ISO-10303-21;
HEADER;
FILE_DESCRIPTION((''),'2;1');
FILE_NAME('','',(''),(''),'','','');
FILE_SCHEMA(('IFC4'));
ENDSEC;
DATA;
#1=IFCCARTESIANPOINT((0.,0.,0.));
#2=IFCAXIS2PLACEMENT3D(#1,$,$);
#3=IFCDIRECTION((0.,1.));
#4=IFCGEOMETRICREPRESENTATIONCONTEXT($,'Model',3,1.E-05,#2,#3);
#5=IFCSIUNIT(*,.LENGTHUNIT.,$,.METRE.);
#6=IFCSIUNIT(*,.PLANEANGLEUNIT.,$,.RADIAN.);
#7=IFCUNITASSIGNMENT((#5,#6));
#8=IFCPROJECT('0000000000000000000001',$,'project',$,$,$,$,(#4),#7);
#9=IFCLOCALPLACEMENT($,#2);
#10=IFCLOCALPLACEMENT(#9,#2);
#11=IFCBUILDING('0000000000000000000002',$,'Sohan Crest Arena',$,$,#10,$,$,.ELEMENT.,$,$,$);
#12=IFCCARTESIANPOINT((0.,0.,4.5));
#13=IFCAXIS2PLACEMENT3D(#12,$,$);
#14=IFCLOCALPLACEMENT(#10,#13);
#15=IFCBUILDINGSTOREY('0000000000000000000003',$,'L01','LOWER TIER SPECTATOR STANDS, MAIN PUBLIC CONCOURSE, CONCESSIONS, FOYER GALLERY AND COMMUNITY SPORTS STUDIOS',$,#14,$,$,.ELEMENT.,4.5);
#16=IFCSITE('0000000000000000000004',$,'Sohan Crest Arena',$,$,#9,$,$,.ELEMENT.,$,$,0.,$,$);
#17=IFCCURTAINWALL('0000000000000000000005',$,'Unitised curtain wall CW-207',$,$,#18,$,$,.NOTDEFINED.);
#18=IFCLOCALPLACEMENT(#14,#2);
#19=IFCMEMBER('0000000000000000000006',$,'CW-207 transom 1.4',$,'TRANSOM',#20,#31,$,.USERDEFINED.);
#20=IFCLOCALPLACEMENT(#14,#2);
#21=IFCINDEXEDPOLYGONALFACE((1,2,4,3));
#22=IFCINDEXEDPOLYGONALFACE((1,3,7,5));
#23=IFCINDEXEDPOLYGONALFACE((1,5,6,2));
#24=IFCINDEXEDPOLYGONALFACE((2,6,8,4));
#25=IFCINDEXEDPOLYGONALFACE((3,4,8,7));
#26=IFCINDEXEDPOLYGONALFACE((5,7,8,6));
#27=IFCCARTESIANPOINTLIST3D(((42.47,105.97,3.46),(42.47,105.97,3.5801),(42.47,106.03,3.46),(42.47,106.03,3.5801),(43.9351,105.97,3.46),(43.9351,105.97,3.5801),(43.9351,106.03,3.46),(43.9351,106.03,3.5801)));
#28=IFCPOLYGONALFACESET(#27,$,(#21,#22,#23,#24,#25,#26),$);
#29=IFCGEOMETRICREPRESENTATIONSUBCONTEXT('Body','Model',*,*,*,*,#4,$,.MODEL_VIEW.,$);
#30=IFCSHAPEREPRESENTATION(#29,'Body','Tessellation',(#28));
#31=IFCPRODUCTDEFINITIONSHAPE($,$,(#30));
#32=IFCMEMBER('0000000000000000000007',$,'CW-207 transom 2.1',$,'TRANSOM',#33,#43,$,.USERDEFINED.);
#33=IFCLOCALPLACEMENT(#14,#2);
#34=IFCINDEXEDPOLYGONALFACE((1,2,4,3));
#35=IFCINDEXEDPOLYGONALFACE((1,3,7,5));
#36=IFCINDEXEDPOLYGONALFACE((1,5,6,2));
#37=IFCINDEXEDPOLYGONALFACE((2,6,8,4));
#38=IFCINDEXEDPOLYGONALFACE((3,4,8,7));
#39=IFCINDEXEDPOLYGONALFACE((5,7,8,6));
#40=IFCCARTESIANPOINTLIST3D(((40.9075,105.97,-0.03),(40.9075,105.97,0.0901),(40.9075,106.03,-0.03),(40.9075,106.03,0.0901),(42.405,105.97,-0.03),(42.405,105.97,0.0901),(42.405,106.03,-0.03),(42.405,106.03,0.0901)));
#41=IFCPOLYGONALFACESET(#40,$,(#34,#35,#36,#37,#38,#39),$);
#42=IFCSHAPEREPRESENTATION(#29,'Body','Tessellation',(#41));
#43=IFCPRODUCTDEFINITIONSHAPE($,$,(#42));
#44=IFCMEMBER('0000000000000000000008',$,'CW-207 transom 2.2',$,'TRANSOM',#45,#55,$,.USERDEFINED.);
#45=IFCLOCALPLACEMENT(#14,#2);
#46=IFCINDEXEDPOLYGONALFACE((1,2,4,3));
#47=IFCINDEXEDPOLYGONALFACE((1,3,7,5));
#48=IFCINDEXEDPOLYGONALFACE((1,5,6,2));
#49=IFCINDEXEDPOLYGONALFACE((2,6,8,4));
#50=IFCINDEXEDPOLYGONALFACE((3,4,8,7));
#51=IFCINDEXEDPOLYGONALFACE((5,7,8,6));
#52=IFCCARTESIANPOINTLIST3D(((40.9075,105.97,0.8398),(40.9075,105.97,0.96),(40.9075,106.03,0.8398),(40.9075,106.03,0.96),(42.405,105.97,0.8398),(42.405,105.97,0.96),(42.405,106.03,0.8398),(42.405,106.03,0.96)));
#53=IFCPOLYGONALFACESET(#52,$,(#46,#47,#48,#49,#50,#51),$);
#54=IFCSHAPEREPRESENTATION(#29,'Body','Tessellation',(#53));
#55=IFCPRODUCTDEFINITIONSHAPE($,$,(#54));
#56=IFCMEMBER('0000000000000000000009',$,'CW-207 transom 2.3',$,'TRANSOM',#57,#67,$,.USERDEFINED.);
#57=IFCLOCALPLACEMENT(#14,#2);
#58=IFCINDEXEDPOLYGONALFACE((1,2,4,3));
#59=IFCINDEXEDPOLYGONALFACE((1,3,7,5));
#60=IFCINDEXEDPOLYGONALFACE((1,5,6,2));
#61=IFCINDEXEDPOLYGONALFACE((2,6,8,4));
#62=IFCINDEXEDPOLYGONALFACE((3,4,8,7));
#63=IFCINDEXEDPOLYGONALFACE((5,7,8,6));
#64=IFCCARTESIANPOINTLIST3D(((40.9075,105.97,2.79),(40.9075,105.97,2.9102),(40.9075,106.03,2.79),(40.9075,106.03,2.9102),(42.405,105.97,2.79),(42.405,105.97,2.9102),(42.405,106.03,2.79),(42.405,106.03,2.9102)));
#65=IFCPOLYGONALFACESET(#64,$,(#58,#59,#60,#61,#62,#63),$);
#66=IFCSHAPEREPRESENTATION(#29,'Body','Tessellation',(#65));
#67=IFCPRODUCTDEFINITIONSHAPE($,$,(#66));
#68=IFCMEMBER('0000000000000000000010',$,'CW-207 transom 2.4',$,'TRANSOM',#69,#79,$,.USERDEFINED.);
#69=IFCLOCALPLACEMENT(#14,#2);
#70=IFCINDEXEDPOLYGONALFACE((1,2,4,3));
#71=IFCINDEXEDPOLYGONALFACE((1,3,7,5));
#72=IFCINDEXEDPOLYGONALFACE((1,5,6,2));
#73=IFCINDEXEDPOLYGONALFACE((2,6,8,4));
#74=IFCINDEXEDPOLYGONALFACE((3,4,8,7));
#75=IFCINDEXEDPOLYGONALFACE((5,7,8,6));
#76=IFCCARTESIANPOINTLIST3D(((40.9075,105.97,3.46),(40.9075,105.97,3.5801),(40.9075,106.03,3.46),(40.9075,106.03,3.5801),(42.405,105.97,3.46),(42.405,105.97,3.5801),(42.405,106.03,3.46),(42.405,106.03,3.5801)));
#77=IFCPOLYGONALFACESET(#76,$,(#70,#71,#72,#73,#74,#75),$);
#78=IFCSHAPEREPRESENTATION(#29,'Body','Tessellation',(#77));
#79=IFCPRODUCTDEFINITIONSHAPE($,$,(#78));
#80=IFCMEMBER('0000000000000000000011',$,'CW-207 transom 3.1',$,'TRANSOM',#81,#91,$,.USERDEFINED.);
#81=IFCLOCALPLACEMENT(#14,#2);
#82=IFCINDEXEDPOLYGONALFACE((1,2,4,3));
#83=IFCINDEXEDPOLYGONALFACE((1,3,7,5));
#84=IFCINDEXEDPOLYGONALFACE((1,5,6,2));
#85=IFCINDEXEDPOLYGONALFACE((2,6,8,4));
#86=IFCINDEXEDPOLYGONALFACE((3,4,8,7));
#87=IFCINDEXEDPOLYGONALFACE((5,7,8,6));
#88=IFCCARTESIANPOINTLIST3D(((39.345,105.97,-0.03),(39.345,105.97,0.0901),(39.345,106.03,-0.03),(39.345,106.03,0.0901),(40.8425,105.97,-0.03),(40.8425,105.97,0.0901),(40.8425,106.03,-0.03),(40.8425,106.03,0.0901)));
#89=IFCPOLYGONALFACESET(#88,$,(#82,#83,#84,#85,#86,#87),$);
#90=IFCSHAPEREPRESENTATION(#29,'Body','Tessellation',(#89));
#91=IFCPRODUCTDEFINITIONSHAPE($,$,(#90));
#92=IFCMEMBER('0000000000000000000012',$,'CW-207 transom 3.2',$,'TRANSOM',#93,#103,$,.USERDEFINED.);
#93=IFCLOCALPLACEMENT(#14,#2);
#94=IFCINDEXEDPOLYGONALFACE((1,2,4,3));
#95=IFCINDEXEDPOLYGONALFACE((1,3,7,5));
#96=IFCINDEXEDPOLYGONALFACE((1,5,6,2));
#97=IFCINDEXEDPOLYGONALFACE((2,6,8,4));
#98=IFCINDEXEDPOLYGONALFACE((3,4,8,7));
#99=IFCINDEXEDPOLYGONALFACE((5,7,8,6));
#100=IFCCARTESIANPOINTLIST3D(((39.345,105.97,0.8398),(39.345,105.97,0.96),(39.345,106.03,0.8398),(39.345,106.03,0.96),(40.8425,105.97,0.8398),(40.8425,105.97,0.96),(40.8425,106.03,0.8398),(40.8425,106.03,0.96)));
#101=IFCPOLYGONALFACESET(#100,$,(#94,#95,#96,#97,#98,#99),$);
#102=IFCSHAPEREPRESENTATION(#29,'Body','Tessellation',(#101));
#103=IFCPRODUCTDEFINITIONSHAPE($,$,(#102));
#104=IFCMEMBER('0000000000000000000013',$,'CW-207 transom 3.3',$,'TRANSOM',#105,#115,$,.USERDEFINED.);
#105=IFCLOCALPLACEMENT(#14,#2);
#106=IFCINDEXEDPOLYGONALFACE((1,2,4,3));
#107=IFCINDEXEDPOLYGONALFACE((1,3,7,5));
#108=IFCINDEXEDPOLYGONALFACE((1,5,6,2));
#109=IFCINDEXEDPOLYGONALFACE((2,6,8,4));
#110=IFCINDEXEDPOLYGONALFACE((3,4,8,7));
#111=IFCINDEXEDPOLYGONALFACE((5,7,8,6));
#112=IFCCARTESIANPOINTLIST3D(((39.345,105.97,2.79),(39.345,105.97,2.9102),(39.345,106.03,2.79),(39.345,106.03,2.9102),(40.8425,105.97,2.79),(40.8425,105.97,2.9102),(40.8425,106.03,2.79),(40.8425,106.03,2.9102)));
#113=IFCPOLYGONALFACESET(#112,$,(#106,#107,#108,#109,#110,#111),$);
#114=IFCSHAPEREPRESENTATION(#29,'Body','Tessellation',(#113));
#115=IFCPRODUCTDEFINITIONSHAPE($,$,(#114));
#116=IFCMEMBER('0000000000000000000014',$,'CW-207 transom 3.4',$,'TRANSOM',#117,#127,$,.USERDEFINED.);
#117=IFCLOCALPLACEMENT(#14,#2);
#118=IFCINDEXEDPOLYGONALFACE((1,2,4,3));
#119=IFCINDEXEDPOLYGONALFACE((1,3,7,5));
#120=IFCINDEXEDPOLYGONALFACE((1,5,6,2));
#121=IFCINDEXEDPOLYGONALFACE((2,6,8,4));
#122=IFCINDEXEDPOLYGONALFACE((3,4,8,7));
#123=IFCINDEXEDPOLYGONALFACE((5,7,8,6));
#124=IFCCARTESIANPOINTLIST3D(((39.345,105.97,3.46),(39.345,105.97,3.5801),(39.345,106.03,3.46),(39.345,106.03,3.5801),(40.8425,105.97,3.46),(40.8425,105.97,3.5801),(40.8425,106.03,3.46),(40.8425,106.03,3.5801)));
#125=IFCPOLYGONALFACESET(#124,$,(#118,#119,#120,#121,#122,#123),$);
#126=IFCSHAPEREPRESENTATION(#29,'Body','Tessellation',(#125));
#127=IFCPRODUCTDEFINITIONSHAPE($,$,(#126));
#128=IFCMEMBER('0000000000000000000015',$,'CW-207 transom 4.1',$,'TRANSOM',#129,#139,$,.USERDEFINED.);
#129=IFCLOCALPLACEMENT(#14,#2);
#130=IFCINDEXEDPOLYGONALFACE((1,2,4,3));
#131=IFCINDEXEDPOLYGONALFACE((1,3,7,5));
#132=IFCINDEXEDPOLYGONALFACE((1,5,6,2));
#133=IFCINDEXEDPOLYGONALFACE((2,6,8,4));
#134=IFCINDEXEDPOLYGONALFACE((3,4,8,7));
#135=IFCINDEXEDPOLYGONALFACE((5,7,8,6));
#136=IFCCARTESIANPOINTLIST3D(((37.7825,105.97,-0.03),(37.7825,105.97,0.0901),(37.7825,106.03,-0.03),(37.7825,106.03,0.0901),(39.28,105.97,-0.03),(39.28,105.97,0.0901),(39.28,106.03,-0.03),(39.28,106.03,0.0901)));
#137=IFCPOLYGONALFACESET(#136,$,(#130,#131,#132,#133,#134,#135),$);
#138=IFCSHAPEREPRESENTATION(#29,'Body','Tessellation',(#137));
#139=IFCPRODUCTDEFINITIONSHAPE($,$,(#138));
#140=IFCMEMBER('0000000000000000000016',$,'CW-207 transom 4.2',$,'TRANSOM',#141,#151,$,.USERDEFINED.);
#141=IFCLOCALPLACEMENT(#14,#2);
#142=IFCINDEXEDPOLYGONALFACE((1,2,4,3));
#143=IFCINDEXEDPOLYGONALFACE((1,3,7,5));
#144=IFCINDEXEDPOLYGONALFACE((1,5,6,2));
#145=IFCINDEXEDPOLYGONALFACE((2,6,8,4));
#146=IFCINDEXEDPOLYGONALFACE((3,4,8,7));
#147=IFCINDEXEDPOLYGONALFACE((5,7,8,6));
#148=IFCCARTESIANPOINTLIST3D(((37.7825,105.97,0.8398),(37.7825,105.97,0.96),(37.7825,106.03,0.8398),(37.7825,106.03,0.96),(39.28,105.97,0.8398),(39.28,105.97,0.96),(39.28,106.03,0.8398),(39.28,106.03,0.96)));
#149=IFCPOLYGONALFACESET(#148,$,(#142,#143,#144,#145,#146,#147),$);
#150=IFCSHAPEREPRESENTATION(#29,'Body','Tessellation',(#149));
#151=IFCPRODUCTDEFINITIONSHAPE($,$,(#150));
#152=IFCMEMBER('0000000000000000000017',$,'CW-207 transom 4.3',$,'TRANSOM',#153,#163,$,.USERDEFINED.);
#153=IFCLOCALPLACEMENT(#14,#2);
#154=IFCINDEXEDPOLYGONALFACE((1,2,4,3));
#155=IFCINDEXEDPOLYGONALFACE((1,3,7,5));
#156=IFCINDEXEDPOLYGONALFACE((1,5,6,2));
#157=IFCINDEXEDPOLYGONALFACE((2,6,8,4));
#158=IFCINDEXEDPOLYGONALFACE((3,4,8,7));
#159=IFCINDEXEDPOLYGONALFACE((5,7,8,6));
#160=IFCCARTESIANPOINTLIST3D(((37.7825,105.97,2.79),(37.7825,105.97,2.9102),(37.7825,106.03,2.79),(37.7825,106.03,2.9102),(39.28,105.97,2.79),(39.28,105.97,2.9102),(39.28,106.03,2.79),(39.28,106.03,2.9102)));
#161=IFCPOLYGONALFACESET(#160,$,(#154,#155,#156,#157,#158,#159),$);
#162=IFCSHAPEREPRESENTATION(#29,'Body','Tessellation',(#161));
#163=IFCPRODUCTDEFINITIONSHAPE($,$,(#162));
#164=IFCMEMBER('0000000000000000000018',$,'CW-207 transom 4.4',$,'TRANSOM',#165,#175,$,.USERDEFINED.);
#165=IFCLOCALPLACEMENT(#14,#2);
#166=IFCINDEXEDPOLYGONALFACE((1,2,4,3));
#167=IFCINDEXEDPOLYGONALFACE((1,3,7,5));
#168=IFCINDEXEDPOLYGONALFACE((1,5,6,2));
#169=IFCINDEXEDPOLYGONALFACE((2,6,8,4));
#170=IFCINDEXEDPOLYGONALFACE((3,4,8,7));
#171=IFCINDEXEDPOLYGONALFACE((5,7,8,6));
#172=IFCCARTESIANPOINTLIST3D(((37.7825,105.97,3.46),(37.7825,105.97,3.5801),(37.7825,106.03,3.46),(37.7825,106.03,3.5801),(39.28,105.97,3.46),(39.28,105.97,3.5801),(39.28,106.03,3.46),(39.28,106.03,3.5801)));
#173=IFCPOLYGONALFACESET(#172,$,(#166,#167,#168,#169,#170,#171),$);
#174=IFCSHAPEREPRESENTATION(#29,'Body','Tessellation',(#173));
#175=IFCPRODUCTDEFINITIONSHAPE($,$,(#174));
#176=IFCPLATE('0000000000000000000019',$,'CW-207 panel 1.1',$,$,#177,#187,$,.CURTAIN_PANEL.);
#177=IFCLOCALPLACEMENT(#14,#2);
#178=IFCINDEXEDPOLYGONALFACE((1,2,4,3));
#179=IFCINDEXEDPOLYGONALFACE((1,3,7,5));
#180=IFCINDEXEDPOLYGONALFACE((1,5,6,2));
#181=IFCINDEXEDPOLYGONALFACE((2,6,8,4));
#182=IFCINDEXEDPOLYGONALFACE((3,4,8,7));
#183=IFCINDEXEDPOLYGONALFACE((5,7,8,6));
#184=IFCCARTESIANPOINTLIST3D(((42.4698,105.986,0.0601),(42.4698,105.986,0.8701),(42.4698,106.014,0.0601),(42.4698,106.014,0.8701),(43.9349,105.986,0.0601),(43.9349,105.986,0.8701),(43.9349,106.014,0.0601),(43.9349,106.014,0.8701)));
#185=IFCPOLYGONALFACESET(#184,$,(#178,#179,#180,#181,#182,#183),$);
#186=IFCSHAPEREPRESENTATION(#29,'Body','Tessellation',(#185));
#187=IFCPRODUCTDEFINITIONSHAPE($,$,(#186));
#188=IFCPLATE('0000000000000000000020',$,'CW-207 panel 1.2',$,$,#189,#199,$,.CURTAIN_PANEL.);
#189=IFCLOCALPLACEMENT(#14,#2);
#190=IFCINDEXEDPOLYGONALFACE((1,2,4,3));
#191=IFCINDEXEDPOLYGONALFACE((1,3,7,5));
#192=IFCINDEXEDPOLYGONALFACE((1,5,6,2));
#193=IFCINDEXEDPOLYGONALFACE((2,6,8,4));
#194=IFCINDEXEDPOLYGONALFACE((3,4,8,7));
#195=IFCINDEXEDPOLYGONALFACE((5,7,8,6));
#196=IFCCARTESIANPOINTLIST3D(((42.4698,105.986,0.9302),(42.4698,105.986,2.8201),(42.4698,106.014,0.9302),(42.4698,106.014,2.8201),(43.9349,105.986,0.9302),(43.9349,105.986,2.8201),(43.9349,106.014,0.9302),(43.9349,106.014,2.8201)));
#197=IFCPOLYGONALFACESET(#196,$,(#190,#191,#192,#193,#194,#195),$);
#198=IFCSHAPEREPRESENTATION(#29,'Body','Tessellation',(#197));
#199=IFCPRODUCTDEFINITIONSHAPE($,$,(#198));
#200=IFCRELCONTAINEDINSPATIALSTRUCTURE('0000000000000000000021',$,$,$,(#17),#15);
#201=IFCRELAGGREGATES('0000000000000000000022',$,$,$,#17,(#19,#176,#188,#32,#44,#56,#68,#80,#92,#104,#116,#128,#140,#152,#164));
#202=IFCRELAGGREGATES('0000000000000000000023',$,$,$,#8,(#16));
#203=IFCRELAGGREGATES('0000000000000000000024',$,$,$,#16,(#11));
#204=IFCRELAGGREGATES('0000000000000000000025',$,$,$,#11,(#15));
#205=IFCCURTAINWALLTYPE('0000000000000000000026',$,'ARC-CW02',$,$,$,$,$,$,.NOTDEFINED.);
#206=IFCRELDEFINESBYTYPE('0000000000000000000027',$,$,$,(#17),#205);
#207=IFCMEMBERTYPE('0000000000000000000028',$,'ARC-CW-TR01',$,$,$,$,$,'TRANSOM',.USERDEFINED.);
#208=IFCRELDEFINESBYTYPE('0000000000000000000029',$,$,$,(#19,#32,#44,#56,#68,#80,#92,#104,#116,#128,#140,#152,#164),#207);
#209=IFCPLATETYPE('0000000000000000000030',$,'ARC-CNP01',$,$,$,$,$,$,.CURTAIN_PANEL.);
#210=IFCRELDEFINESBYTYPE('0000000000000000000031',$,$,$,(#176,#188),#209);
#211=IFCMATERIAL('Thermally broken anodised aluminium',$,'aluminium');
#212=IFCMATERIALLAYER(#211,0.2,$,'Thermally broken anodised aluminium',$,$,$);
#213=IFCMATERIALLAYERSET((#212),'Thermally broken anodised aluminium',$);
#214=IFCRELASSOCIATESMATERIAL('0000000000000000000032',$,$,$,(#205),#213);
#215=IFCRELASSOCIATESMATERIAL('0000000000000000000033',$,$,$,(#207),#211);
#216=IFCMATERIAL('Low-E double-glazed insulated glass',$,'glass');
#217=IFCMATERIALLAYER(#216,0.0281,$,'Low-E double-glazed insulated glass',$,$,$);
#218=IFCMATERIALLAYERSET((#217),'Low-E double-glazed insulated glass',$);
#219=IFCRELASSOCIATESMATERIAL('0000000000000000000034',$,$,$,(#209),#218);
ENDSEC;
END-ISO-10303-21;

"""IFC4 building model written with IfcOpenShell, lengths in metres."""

from ifc_helpers import new_model, si_unit, direction, frame, origin, origin_2d, place, context, subcontext, project, spatial, rectangle, extrude, material, layer, layer_set, material_profile, profile_set, type_object, element, aggregate, save


model = new_model("IFC4")

# Units and contexts
model_context = context("Model", 3, precision=1e-05, world=origin(), true_north=direction((0.0, 1.0)))
body_context = subcontext(model_context, "Body", "Model", "MODEL_VIEW")
ifc_project = project(units=[si_unit("LENGTHUNIT", "METRE"), si_unit("PLANEANGLEUNIT", "RADIAN")], contexts=[model_context])

# Site, building, storey
site_placement = place(None, origin())
site = spatial("IfcSite", under=ifc_project, at=site_placement, Name="Sohan Crest Arena", CompositionType="ELEMENT", RefElevation=0.0)
building_placement = place(site_placement, origin())
building = spatial("IfcBuilding", under=site, at=building_placement, Name="Sohan Crest Arena", CompositionType="ELEMENT")
storey_placement = place(building_placement, frame((0.0, 0.0, 4.5)))
storey = spatial("IfcBuildingStorey", under=building, at=storey_placement, Name="L01", Description="LOWER TIER SPECTATOR STANDS, MAIN PUBLIC CONCOURSE, CONCESSIONS, FOYER GALLERY AND COMMUNITY SPORTS STUDIOS", CompositionType="ELEMENT", Elevation=4.5)

# Curtain wall, members, plates
ifc_material_1 = material(Name="Thermally broken anodised aluminium", Category="aluminium")
ifc_layer_1 = layer(ifc_material_1, 0.2, Name="Thermally broken anodised aluminium")
ifc_layer_set_1 = layer_set([ifc_layer_1], Name="Thermally broken anodised aluminium")
curtain_wall_type = type_object("IfcCurtainWallType", Name="ARC-CW02", PredefinedType="NOTDEFINED", material=ifc_layer_set_1)
curtain_wall_placement = place(storey_placement, origin())
curtain_wall = element("IfcCurtainWall", 1, at=curtain_wall_placement, inside=storey, type_object=curtain_wall_type, Name="Unitised curtain wall CW-207", PredefinedType="NOTDEFINED")
ifc_material_profile_1 = material_profile(ifc_material_1, rectangle(XDim=0.0601, YDim=0.1201, at=origin_2d()), Name="ALU-TRAN 60x120")
ifc_profile_set_1 = profile_set([ifc_material_profile_1], Name="Thermally broken anodised aluminium")
member_type_1 = type_object("IfcMemberType", Name="ARC-CW-TR01", ElementType="TRANSOM", PredefinedType="USERDEFINED", material=ifc_profile_set_1)
member_1_placement = place(storey_placement, frame((43.9351, 106.0, 3.52), z_axis=(-1.0, 0.0, 0.0), x_axis=(0.0, -1.0, 0.0)))
member_1 = element("IfcMember", 2, at=member_1_placement, type_object=member_type_1, Name="CW-207 transom 1.4", ObjectType="TRANSOM", PredefinedType="USERDEFINED", context=body_context, shape_type="SweptSolid", body=[
    extrude(rectangle(XDim=0.0601, YDim=0.1201, at=origin_2d()), origin(), (0.0, 0.0, 1.0), 1.4651),
])
member_2_placement = place(storey_placement, frame((42.405, 106.0, 0.03), z_axis=(-1.0, 0.0, 0.0), x_axis=(0.0, -1.0, 0.0)))
member_2 = element("IfcMember", 3, at=member_2_placement, type_object=member_type_1, Name="CW-207 transom 2.1", ObjectType="TRANSOM", PredefinedType="USERDEFINED", context=body_context, shape_type="SweptSolid", body=[
    extrude(rectangle(XDim=0.0601, YDim=0.1201, at=origin_2d()), origin(), (0.0, 0.0, 1.0), 1.4976),
])
member_3_placement = place(storey_placement, frame((42.405, 106.0, 0.8999), z_axis=(-1.0, 0.0, 0.0), x_axis=(0.0, -1.0, 0.0)))
member_3 = element("IfcMember", 4, at=member_3_placement, type_object=member_type_1, Name="CW-207 transom 2.2", ObjectType="TRANSOM", PredefinedType="USERDEFINED", context=body_context, shape_type="SweptSolid", body=[
    extrude(rectangle(XDim=0.0601, YDim=0.1201, at=origin_2d()), origin(), (0.0, 0.0, 1.0), 1.4976),
])
member_4_placement = place(storey_placement, frame((42.405, 106.0, 2.8501), z_axis=(-1.0, 0.0, 0.0), x_axis=(0.0, -1.0, 0.0)))
member_4 = element("IfcMember", 5, at=member_4_placement, type_object=member_type_1, Name="CW-207 transom 2.3", ObjectType="TRANSOM", PredefinedType="USERDEFINED", context=body_context, shape_type="SweptSolid", body=[
    extrude(rectangle(XDim=0.0601, YDim=0.1201, at=origin_2d()), origin(), (0.0, 0.0, 1.0), 1.4976),
])
member_5_placement = place(storey_placement, frame((42.405, 106.0, 3.52), z_axis=(-1.0, 0.0, 0.0), x_axis=(0.0, -1.0, 0.0)))
member_5 = element("IfcMember", 6, at=member_5_placement, type_object=member_type_1, Name="CW-207 transom 2.4", ObjectType="TRANSOM", PredefinedType="USERDEFINED", context=body_context, shape_type="SweptSolid", body=[
    extrude(rectangle(XDim=0.0601, YDim=0.1201, at=origin_2d()), origin(), (0.0, 0.0, 1.0), 1.4976),
])
member_6_placement = place(storey_placement, frame((40.8425, 106.0, 0.03), z_axis=(-1.0, 0.0, 0.0), x_axis=(0.0, -1.0, 0.0)))
member_6 = element("IfcMember", 7, at=member_6_placement, type_object=member_type_1, Name="CW-207 transom 3.1", ObjectType="TRANSOM", PredefinedType="USERDEFINED", context=body_context, shape_type="SweptSolid", body=[
    extrude(rectangle(XDim=0.0601, YDim=0.1201, at=origin_2d()), origin(), (0.0, 0.0, 1.0), 1.4976),
])
member_7_placement = place(storey_placement, frame((40.8425, 106.0, 0.8999), z_axis=(-1.0, 0.0, 0.0), x_axis=(0.0, -1.0, 0.0)))
member_7 = element("IfcMember", 8, at=member_7_placement, type_object=member_type_1, Name="CW-207 transom 3.2", ObjectType="TRANSOM", PredefinedType="USERDEFINED", context=body_context, shape_type="SweptSolid", body=[
    extrude(rectangle(XDim=0.0601, YDim=0.1201, at=origin_2d()), origin(), (0.0, 0.0, 1.0), 1.4976),
])
member_8_placement = place(storey_placement, frame((40.8425, 106.0, 2.8501), z_axis=(-1.0, 0.0, 0.0), x_axis=(0.0, -1.0, 0.0)))
member_8 = element("IfcMember", 9, at=member_8_placement, type_object=member_type_1, Name="CW-207 transom 3.3", ObjectType="TRANSOM", PredefinedType="USERDEFINED", context=body_context, shape_type="SweptSolid", body=[
    extrude(rectangle(XDim=0.0601, YDim=0.1201, at=origin_2d()), origin(), (0.0, 0.0, 1.0), 1.4976),
])
member_9_placement = place(storey_placement, frame((40.8425, 106.0, 3.52), z_axis=(-1.0, 0.0, 0.0), x_axis=(0.0, -1.0, 0.0)))
member_9 = element("IfcMember", 10, at=member_9_placement, type_object=member_type_1, Name="CW-207 transom 3.4", ObjectType="TRANSOM", PredefinedType="USERDEFINED", context=body_context, shape_type="SweptSolid", body=[
    extrude(rectangle(XDim=0.0601, YDim=0.1201, at=origin_2d()), origin(), (0.0, 0.0, 1.0), 1.4976),
])
member_10_placement = place(storey_placement, frame((39.28, 106.0, 0.03), z_axis=(-1.0, 0.0, 0.0), x_axis=(0.0, -1.0, 0.0)))
member_10 = element("IfcMember", 11, at=member_10_placement, type_object=member_type_1, Name="CW-207 transom 4.1", ObjectType="TRANSOM", PredefinedType="USERDEFINED", context=body_context, shape_type="SweptSolid", body=[
    extrude(rectangle(XDim=0.0601, YDim=0.1201, at=origin_2d()), origin(), (0.0, 0.0, 1.0), 1.4976),
])
member_11_placement = place(storey_placement, frame((39.28, 106.0, 0.8999), z_axis=(-1.0, 0.0, 0.0), x_axis=(0.0, -1.0, 0.0)))
member_11 = element("IfcMember", 12, at=member_11_placement, type_object=member_type_1, Name="CW-207 transom 4.2", ObjectType="TRANSOM", PredefinedType="USERDEFINED", context=body_context, shape_type="SweptSolid", body=[
    extrude(rectangle(XDim=0.0601, YDim=0.1201, at=origin_2d()), origin(), (0.0, 0.0, 1.0), 1.4976),
])
member_12_placement = place(storey_placement, frame((39.28, 106.0, 2.8501), z_axis=(-1.0, 0.0, 0.0), x_axis=(0.0, -1.0, 0.0)))
member_12 = element("IfcMember", 13, at=member_12_placement, type_object=member_type_1, Name="CW-207 transom 4.3", ObjectType="TRANSOM", PredefinedType="USERDEFINED", context=body_context, shape_type="SweptSolid", body=[
    extrude(rectangle(XDim=0.0601, YDim=0.1201, at=origin_2d()), origin(), (0.0, 0.0, 1.0), 1.4976),
])
member_13_placement = place(storey_placement, frame((39.28, 106.0, 3.52), z_axis=(-1.0, 0.0, 0.0), x_axis=(0.0, -1.0, 0.0)))
member_13 = element("IfcMember", 14, at=member_13_placement, type_object=member_type_1, Name="CW-207 transom 4.4", ObjectType="TRANSOM", PredefinedType="USERDEFINED", context=body_context, shape_type="SweptSolid", body=[
    extrude(rectangle(XDim=0.0601, YDim=0.1201, at=origin_2d()), origin(), (0.0, 0.0, 1.0), 1.4976),
])
ifc_material_2 = material(Name="Low-E double-glazed insulated glass", Category="glass")
ifc_layer_2 = layer(ifc_material_2, 0.0281, Name="Low-E double-glazed insulated glass")
ifc_layer_set_2 = layer_set([ifc_layer_2], Name="Low-E double-glazed insulated glass")
plate_type = type_object("IfcPlateType", Name="ARC-CNP01", PredefinedType="CURTAIN_PANEL", material=ifc_layer_set_2)
plate_1_placement = place(storey_placement, frame((43.2024, 106.0, 0.0601), z_axis=(0.0, 0.0, 1.0), x_axis=(-1.0, 0.0, 0.0)))
plate_1 = element("IfcPlate", 15, at=plate_1_placement, type_object=plate_type, Name="CW-207 panel 1.1", PredefinedType="CURTAIN_PANEL", context=body_context, shape_type="SweptSolid", body=[
    extrude(rectangle(XDim=1.4651, YDim=0.0281, at=origin_2d()), origin(), (0.0, 0.0, 1.0), 0.8101),
])
plate_2_placement = place(storey_placement, frame((43.2024, 106.0, 0.9302), z_axis=(0.0, 0.0, 1.0), x_axis=(-1.0, 0.0, 0.0)))
plate_2 = element("IfcPlate", 16, at=plate_2_placement, type_object=plate_type, Name="CW-207 panel 1.2", PredefinedType="CURTAIN_PANEL", context=body_context, shape_type="SweptSolid", body=[
    extrude(rectangle(XDim=1.4651, YDim=0.0281, at=origin_2d()), origin(), (0.0, 0.0, 1.0), 1.8899),
])
aggregate(curtain_wall, [member_1, plate_1, plate_2, member_2, member_3, member_4, member_5, member_6, member_7, member_8, member_9, member_10, member_11, member_12, member_13])

save(model, "model.ifc")
